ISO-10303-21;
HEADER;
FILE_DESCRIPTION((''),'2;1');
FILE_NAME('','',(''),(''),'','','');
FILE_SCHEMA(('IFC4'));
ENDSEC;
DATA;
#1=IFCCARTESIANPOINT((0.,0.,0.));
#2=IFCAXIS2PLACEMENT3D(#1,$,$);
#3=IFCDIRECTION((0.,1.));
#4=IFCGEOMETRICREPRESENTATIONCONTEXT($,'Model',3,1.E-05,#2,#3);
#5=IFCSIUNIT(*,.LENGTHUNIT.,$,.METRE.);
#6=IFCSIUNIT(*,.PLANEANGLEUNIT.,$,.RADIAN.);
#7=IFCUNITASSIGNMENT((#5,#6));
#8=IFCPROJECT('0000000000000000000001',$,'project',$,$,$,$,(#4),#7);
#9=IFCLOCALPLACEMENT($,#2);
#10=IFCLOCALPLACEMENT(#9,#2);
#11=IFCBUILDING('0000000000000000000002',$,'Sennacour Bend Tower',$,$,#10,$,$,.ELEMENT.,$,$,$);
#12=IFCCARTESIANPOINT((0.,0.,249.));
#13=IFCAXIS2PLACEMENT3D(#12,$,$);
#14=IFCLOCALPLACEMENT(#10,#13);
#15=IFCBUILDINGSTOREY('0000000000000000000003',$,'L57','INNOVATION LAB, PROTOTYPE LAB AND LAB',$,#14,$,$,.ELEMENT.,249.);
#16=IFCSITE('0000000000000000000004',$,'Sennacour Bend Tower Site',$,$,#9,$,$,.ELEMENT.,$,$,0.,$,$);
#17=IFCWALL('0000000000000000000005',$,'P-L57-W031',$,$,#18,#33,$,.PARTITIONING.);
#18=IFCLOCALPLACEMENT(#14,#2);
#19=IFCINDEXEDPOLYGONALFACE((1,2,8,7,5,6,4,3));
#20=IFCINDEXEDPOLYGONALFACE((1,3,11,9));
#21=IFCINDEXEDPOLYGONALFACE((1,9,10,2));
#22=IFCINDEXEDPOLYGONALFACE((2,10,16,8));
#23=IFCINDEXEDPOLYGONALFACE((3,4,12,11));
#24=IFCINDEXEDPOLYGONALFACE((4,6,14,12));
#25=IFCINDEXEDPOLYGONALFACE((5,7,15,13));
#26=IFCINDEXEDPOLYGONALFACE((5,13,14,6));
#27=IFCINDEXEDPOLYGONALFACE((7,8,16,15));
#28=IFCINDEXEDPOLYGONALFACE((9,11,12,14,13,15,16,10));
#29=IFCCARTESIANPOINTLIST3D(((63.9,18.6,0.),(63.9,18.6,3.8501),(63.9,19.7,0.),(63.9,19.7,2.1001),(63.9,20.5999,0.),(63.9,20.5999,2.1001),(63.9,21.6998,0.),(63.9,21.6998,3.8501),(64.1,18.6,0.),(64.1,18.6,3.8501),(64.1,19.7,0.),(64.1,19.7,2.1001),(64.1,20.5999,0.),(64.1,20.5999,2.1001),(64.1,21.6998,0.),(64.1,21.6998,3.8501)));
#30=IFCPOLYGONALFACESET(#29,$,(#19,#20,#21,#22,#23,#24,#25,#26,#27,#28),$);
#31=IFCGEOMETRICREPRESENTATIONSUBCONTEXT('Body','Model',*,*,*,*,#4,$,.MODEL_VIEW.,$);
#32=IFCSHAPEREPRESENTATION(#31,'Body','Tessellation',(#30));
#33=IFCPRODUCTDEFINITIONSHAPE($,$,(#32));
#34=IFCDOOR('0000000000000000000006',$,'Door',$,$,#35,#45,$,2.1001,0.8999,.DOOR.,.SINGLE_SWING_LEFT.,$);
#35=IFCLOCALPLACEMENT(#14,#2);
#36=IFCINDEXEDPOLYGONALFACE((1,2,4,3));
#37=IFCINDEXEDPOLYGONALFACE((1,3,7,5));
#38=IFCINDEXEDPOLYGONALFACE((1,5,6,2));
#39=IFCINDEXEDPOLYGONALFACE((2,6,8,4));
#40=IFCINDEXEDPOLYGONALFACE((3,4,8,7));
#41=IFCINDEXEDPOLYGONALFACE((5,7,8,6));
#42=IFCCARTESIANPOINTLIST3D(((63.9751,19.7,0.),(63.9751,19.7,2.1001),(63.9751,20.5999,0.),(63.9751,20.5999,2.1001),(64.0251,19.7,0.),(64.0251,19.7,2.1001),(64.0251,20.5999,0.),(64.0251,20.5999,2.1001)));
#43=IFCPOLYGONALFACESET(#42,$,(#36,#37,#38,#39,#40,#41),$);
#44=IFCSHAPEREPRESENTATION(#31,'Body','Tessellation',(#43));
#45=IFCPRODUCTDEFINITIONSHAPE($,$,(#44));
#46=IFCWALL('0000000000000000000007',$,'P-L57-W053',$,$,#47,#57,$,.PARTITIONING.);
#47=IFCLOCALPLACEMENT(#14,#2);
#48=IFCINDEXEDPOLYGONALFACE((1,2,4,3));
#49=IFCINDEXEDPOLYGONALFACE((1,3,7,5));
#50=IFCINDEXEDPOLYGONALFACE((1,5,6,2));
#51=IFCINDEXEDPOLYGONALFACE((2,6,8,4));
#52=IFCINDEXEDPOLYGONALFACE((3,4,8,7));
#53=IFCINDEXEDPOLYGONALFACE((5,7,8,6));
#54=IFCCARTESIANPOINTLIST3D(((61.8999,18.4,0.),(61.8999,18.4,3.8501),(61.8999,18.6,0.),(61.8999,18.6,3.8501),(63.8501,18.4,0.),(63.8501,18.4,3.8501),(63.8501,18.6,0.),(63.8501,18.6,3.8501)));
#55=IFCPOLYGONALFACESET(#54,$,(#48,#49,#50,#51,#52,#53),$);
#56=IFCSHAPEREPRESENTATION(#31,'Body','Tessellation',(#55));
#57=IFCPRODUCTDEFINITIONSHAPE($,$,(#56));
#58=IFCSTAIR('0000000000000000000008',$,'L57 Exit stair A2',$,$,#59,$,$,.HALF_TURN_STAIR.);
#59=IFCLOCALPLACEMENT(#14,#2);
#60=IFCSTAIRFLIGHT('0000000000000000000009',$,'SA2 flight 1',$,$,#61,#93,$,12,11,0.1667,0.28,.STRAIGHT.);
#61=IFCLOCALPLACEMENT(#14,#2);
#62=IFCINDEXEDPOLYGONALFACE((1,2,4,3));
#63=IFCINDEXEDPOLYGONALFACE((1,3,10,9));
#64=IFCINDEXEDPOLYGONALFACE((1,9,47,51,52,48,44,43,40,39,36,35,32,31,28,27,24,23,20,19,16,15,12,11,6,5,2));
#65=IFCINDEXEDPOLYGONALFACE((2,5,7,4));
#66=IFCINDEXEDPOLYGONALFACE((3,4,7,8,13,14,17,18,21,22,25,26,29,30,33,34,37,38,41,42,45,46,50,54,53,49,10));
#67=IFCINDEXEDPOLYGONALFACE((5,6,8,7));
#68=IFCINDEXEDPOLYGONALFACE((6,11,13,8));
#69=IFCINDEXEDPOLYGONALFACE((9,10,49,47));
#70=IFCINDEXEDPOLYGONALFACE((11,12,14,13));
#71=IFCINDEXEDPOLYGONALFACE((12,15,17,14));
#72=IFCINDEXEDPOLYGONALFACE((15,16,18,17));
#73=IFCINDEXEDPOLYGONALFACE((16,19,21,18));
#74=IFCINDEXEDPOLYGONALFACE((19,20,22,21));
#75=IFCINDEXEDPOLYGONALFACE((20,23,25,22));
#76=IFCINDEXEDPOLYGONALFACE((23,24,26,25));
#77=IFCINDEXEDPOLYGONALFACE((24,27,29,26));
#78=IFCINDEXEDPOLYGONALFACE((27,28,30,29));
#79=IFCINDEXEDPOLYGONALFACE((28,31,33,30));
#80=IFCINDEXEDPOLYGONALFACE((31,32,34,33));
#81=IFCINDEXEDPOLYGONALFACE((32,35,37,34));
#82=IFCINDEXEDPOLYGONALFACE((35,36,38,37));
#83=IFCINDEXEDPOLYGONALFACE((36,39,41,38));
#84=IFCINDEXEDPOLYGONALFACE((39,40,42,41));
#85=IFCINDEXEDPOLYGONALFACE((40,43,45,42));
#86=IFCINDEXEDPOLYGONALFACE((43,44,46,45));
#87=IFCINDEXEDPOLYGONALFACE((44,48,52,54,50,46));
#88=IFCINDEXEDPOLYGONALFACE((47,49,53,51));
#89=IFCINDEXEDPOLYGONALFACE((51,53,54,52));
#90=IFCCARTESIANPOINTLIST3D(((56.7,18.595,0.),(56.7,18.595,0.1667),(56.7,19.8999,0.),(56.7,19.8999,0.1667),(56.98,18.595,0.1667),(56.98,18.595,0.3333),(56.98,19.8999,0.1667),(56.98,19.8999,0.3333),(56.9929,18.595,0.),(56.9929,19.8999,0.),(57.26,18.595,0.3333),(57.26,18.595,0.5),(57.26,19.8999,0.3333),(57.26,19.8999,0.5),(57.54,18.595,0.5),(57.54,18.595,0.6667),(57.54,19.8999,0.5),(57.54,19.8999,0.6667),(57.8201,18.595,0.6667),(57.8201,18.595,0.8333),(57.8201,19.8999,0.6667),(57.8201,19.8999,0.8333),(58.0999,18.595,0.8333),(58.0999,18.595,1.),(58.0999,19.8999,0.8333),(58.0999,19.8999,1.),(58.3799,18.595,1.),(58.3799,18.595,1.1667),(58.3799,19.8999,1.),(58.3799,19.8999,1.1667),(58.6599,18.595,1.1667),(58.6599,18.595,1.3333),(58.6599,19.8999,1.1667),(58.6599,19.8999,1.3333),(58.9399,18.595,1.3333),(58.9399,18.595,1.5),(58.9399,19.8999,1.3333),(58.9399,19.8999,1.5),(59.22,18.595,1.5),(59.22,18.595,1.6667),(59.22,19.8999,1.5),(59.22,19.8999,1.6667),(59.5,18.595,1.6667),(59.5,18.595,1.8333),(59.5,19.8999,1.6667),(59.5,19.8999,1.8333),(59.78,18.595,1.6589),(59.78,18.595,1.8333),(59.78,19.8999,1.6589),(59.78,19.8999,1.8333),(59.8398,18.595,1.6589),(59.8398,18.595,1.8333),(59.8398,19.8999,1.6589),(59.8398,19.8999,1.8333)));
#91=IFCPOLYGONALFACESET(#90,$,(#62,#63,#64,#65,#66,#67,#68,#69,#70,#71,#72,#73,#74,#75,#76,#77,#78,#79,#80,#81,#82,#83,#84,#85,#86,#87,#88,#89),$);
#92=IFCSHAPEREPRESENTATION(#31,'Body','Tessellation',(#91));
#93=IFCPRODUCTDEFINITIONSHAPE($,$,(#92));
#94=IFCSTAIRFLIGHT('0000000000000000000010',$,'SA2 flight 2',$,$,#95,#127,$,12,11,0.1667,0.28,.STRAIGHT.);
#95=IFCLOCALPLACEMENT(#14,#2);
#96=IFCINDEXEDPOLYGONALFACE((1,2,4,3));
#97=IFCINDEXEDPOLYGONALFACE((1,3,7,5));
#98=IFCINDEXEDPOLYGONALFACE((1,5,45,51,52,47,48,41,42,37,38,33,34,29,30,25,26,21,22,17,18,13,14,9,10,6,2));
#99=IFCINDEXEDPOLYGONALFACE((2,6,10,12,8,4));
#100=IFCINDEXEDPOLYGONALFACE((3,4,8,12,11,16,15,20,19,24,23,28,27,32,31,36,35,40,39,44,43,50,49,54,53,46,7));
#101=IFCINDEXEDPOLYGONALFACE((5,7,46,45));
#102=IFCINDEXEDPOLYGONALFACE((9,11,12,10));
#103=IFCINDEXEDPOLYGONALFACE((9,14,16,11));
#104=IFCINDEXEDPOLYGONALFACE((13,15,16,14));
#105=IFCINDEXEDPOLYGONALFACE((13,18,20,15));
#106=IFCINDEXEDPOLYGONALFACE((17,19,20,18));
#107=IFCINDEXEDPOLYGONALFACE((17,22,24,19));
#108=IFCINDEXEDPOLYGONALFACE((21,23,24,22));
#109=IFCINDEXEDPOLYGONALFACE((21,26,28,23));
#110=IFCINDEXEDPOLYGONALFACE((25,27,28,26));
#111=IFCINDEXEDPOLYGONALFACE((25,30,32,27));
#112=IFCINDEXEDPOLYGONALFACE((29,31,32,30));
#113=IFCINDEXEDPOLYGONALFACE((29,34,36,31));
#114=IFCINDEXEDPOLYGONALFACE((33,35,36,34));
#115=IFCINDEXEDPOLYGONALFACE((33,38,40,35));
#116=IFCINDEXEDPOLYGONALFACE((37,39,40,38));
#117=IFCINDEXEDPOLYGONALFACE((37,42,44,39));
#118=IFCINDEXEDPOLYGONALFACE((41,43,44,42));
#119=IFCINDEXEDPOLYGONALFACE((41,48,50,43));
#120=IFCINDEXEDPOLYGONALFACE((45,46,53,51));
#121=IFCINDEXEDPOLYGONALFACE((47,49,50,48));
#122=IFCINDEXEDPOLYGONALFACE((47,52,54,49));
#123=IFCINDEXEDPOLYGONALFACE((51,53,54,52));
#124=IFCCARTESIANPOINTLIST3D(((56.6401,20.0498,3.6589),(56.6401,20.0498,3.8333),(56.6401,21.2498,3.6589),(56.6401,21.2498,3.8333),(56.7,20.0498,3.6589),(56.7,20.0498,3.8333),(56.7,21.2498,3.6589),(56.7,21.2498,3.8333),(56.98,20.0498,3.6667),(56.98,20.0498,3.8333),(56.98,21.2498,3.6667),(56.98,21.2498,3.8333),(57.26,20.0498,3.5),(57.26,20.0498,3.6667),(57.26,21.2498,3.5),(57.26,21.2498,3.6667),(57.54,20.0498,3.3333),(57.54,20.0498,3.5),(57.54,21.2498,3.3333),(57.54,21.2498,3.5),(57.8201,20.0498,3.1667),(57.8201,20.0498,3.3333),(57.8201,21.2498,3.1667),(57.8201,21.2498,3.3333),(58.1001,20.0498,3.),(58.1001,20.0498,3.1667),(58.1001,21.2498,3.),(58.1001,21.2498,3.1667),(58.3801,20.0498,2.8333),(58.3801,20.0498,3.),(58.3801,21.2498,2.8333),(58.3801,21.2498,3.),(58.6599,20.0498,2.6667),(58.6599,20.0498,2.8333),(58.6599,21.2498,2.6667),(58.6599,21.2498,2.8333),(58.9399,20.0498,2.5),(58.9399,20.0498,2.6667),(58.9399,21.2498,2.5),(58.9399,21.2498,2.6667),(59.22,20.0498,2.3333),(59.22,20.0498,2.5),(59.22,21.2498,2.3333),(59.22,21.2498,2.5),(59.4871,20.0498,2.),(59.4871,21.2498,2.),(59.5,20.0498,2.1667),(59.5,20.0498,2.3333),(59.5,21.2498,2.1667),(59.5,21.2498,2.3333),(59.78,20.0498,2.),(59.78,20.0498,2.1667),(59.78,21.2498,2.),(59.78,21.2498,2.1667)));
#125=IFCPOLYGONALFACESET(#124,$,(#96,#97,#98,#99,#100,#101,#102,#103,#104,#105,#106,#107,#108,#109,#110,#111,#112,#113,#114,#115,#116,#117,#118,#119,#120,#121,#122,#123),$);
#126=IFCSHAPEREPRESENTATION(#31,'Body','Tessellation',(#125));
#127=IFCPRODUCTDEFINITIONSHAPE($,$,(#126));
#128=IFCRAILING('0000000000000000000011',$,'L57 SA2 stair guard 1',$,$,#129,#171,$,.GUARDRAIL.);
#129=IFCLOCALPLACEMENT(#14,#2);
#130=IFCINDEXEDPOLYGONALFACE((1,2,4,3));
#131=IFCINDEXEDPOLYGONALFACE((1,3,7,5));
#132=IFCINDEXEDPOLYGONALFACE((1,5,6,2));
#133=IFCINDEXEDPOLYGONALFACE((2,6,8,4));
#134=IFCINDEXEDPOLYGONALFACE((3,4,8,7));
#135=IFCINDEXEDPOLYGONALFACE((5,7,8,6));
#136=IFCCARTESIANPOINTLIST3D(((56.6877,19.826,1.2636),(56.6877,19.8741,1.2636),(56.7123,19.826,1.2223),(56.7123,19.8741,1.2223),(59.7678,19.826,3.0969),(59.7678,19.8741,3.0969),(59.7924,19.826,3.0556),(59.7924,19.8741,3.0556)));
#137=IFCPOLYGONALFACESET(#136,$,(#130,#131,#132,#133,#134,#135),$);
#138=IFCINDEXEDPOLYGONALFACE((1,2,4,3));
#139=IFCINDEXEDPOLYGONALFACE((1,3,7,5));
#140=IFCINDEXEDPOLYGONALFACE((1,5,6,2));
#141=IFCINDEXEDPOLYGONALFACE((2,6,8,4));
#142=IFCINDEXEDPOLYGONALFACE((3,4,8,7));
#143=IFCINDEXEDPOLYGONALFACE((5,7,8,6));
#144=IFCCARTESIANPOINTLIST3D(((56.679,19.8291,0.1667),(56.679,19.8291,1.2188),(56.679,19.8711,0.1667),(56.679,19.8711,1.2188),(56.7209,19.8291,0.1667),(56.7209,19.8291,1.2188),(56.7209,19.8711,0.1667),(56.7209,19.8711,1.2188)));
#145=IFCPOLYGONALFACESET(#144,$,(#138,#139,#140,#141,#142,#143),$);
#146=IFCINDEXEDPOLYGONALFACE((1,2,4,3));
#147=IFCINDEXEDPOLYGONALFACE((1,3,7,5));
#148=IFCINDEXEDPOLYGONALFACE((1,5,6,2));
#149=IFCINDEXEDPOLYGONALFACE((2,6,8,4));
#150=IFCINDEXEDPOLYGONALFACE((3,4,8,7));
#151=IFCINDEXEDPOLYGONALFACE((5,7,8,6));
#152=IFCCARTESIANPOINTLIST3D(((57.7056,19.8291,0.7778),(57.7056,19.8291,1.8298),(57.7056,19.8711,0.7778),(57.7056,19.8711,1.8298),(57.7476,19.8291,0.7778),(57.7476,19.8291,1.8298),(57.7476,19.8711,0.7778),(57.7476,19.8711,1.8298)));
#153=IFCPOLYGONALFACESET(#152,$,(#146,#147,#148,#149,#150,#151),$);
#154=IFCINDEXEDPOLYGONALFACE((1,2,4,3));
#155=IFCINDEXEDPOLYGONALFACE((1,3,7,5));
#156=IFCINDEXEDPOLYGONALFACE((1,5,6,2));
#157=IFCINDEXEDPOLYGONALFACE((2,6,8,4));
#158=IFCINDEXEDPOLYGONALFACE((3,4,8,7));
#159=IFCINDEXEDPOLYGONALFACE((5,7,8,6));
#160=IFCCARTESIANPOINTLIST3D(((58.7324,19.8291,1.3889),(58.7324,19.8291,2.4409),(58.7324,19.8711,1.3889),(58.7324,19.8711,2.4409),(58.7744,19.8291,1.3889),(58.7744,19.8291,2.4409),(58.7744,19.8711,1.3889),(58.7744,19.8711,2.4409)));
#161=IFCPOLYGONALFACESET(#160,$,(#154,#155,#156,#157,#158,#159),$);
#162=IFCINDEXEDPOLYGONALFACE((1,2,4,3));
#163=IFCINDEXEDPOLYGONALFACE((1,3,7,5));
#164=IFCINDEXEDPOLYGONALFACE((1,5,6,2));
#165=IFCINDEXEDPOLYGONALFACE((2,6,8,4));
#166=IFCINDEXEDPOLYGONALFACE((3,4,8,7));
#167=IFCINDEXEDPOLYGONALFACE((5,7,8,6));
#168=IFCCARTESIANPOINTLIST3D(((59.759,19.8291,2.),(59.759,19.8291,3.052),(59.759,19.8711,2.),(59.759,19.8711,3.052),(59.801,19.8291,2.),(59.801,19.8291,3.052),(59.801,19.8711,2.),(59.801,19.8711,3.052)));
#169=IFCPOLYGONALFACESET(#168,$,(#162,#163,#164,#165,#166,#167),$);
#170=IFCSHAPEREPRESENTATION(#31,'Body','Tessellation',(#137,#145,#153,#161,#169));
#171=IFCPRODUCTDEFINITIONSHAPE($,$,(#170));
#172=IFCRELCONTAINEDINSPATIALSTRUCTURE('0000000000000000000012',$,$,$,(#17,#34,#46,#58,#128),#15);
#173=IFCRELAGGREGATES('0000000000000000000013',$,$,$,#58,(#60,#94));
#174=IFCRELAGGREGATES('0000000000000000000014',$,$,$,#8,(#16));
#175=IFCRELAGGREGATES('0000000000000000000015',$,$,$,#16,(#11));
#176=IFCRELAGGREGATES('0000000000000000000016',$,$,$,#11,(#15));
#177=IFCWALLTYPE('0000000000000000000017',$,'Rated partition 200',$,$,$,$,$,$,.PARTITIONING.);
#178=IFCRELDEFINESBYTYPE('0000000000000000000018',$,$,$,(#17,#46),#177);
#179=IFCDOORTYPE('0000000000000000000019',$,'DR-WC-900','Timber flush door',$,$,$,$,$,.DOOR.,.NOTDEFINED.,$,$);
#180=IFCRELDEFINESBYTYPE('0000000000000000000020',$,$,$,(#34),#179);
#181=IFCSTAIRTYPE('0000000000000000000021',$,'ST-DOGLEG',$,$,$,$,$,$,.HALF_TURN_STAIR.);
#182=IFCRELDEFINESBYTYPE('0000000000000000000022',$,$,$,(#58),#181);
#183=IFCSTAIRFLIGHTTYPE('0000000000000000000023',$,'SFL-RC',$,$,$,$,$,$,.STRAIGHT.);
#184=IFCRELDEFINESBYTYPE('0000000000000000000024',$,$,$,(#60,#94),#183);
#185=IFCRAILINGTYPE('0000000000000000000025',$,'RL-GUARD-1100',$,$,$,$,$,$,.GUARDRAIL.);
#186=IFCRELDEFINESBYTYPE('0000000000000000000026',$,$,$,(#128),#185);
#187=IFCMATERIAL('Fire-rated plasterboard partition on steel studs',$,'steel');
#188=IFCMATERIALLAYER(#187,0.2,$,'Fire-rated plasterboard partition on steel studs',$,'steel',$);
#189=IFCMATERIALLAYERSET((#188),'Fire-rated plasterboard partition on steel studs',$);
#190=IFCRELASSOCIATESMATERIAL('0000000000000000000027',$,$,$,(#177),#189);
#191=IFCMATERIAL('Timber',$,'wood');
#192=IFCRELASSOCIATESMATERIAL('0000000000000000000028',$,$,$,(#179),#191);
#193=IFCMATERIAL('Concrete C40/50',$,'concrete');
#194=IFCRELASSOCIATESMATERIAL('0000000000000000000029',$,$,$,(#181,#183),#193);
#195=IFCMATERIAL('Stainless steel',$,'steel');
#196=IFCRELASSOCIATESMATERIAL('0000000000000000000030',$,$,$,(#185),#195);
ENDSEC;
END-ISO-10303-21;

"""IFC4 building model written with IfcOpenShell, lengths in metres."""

from ifc_helpers import new_model, si_unit, direction, frame, frame_2d, origin, origin_2d, place, context, subcontext, project, spatial, polyline, rectangle, outline, extrude, material, layer, layer_set, type_object, element, fill, aggregate, save


model = new_model("IFC4")

# Units and contexts
model_context = context("Model", 3, precision=1e-05, world=origin(), true_north=direction((0.0, 1.0)))
body_context = subcontext(model_context, "Body", "Model", "MODEL_VIEW")
ifc_project = project(units=[si_unit("LENGTHUNIT", "METRE"), si_unit("PLANEANGLEUNIT", "RADIAN")], contexts=[model_context])

# Site, building, storey
site_placement = place(None, origin())
site = spatial("IfcSite", under=ifc_project, at=site_placement, Name="Sennacour Bend Tower Site", CompositionType="ELEMENT", RefElevation=0.0)
building_placement = place(site_placement, origin())
building = spatial("IfcBuilding", under=site, at=building_placement, Name="Sennacour Bend Tower", CompositionType="ELEMENT")
storey_placement = place(building_placement, frame((0.0, 0.0, 249.0)))
storey = spatial("IfcBuildingStorey", under=building, at=storey_placement, Name="L57", Description="INNOVATION LAB, PROTOTYPE LAB AND LAB", CompositionType="ELEMENT", Elevation=249.0)

# Wall, opening, door
ifc_material_1 = material(Name="Fire-rated plasterboard partition on steel studs", Category="steel")
ifc_layer = layer(ifc_material_1, 0.2, Name="Fire-rated plasterboard partition on steel studs", Category="steel")
ifc_layer_set = layer_set([ifc_layer], Name="Fire-rated plasterboard partition on steel studs")
wall_type = type_object("IfcWallType", Name="Rated partition 200", PredefinedType="PARTITIONING", material=ifc_layer_set)
wall_1_placement = place(storey_placement, frame((64.0, 18.6001, 0.0), z_axis=(0.0, 0.0, 1.0), x_axis=(0.0, 1.0, 0.0)))
wall_1 = element("IfcWall", 1, at=wall_1_placement, inside=storey, type_object=wall_type, Name="P-L57-W031", PredefinedType="PARTITIONING", context=body_context, shape_type="SweptSolid", body=[
    extrude(rectangle(XDim=3.0999, YDim=0.2, at=frame_2d((1.5498, 0.0))), origin(), (0.0, 0.0, 1.0), 3.8501),
])
opening_placement = place(wall_1_placement, frame((1.0999, 0.0, 0.0)))
opening = element("IfcOpeningElement", 2, at=opening_placement, cuts=wall_1, PredefinedType="OPENING", context=body_context, shape_type="SweptSolid", body=[
    extrude(rectangle(XDim=0.8999, YDim=2.1001, at=frame_2d((0.45, 1.05))), frame((0.0, 0.1099, 0.0), z_axis=(0.0, -1.0, 0.0), x_axis=(1.0, 0.0, 0.0)), (0.0, 0.0, 1.0), 0.22),
])
ifc_material_2 = material(Name="Timber", Category="wood")
door_type = type_object("IfcDoorType", Name="DR-WC-900", Description="Timber flush door", OperationType="NOTDEFINED", PredefinedType="DOOR", material=ifc_material_2)
door_placement = place(opening_placement, origin())
door = element("IfcDoor", 3, at=door_placement, inside=storey, type_object=door_type, Name="Door", OperationType="SINGLE_SWING_LEFT", OverallHeight=2.1001, OverallWidth=0.8999, PredefinedType="DOOR", context=body_context, shape_type="SweptSolid", body=[
    extrude(rectangle(XDim=0.8999, YDim=2.1001, at=frame_2d((0.45, 1.05))), frame((0.0, 0.0249, 0.0), z_axis=(0.0, -1.0, 0.0), x_axis=(1.0, 0.0, 0.0)), (0.0, 0.0, 1.0), 0.05),
])
fill(opening, door)

# Wall
wall_2_placement = place(storey_placement, frame((61.8999, 18.5, 0.0), z_axis=(0.0, 0.0, 1.0), x_axis=(1.0, 0.0, 0.0)))
element("IfcWall", 4, at=wall_2_placement, inside=storey, type_object=wall_type, Name="P-L57-W053", PredefinedType="PARTITIONING", context=body_context, shape_type="SweptSolid", body=[
    extrude(rectangle(XDim=1.9502, YDim=0.2, at=frame_2d((0.9751, 0.0))), origin(), (0.0, 0.0, 1.0), 3.8501),
])

# Stair, stair flights
ifc_material_3 = material(Name="Concrete C40/50", Category="concrete")
stair_type = type_object("IfcStairType", Name="ST-DOGLEG", PredefinedType="HALF_TURN_STAIR", material=ifc_material_3)
stair_placement = place(storey_placement, origin())
stair = element("IfcStair", 5, at=stair_placement, inside=storey, type_object=stair_type, Name="L57 Exit stair A2", PredefinedType="HALF_TURN_STAIR")
stair_flight_type = type_object("IfcStairFlightType", Name="SFL-RC", PredefinedType="STRAIGHT", material=ifc_material_3)
stair_flight_1_placement = place(storey_placement, frame((56.7, 19.2476, 0.0), z_axis=(0.0, 0.0, 1.0), x_axis=(1.0, 0.0, 0.0)))
stair_flight_1 = element("IfcStairFlight", 6, at=stair_flight_1_placement, type_object=stair_flight_type, Name="SA2 flight 1", NumberOfRisers=12, NumberOfTreads=11, PredefinedType="STRAIGHT", RiserHeight=0.1667, TreadLength=0.28, context=body_context, shape_type="SweptSolid", body=[
    extrude(outline(polyline([(0.0, 0.0), (0.0, 0.1667), (0.28, 0.1667), (0.28, 0.3333), (0.5601, 0.3333), (0.5601, 0.5), (0.8401, 0.5), (0.8401, 0.6667), (1.1201, 0.6667), (1.1201, 0.8333), (1.3999, 0.8333), (1.3999, 1.0), (1.6799, 1.0), (1.6799, 1.1667), (1.96, 1.1667), (1.96, 1.3333), (2.24, 1.3333), (2.24, 1.5), (2.52, 1.5), (2.52, 1.6667), (2.8, 1.6667), (2.8, 1.8333), (3.0801, 1.8333), (3.1399, 1.8333), (3.1399, 1.6589), (3.0801, 1.6589), (0.293, 0.0), (0.0, 0.0)])), frame((0.0, 0.6523, 0.0), z_axis=(0.0, -1.0, 0.0), x_axis=(1.0, 0.0, 0.0)), (0.0, 0.0, 1.0), 1.3049),
])
stair_flight_2_placement = place(storey_placement, frame((59.78, 20.6499, 2.0), z_axis=(0.0, 0.0, 1.0), x_axis=(-1.0, 0.0, 0.0)))
stair_flight_2 = element("IfcStairFlight", 7, at=stair_flight_2_placement, type_object=stair_flight_type, Name="SA2 flight 2", NumberOfRisers=12, NumberOfTreads=11, PredefinedType="STRAIGHT", RiserHeight=0.1667, TreadLength=0.28, context=body_context, shape_type="SweptSolid", body=[
    extrude(outline(polyline([(0.0, 0.0), (0.0, 0.1667), (0.28, 0.1667), (0.28, 0.3333), (0.5601, 0.3333), (0.5601, 0.5), (0.8401, 0.5), (0.8401, 0.6667), (1.1201, 0.6667), (1.1201, 0.8333), (1.3999, 0.8333), (1.3999, 1.0), (1.6799, 1.0), (1.6799, 1.1667), (1.96, 1.1667), (1.96, 1.3333), (2.24, 1.3333), (2.24, 1.5), (2.52, 1.5), (2.52, 1.6667), (2.8, 1.6667), (2.8, 1.8333), (3.0801, 1.8333), (3.1399, 1.8333), (3.1399, 1.6589), (3.0801, 1.6589), (0.293, 0.0), (0.0, 0.0)])), frame((0.0, 0.6001, 0.0), z_axis=(0.0, -1.0, 0.0), x_axis=(1.0, 0.0, 0.0)), (0.0, 0.0, 1.0), 1.2),
])
aggregate(stair, [stair_flight_1, stair_flight_2])

# Railing
ifc_material_4 = material(Name="Stainless steel", Category="steel")
railing_type_1 = type_object("IfcRailingType", Name="RL-GUARD-1100", PredefinedType="GUARDRAIL", material=ifc_material_4)
railing_1_placement = place(storey_placement, frame((56.7, 19.8501, 0.1667)))
element("IfcRailing", 8, at=railing_1_placement, inside=storey, type_object=railing_type_1, Name="L57 SA2 stair guard 1", PredefinedType="GUARDRAIL", context=body_context, shape_type="SweptSolid", body=[
    extrude(rectangle(XDim=0.0481, YDim=0.0481, at=origin_2d()), frame((0.0, 0.0, 1.0762), z_axis=(0.859309, 0.0, 0.511458), x_axis=(0.0, 1.0, 0.0)), (0.0, 0.0, 1.0), 3.5845),
    extrude(rectangle(XDim=0.042, YDim=0.042, at=origin_2d()), origin(), (0.0, 0.0, 1.0), 1.052),
    extrude(rectangle(XDim=0.042, YDim=0.042, at=origin_2d()), frame((1.0266, 0.0, 0.6111)), (0.0, 0.0, 1.0), 1.052),
    extrude(rectangle(XDim=0.042, YDim=0.042, at=origin_2d()), frame((2.0535, 0.0, 1.2222)), (0.0, 0.0, 1.0), 1.052),
    extrude(rectangle(XDim=0.042, YDim=0.042, at=origin_2d()), frame((3.0801, 0.0, 1.8333)), (0.0, 0.0, 1.0), 1.052),
])

save(model, "model.ifc")
